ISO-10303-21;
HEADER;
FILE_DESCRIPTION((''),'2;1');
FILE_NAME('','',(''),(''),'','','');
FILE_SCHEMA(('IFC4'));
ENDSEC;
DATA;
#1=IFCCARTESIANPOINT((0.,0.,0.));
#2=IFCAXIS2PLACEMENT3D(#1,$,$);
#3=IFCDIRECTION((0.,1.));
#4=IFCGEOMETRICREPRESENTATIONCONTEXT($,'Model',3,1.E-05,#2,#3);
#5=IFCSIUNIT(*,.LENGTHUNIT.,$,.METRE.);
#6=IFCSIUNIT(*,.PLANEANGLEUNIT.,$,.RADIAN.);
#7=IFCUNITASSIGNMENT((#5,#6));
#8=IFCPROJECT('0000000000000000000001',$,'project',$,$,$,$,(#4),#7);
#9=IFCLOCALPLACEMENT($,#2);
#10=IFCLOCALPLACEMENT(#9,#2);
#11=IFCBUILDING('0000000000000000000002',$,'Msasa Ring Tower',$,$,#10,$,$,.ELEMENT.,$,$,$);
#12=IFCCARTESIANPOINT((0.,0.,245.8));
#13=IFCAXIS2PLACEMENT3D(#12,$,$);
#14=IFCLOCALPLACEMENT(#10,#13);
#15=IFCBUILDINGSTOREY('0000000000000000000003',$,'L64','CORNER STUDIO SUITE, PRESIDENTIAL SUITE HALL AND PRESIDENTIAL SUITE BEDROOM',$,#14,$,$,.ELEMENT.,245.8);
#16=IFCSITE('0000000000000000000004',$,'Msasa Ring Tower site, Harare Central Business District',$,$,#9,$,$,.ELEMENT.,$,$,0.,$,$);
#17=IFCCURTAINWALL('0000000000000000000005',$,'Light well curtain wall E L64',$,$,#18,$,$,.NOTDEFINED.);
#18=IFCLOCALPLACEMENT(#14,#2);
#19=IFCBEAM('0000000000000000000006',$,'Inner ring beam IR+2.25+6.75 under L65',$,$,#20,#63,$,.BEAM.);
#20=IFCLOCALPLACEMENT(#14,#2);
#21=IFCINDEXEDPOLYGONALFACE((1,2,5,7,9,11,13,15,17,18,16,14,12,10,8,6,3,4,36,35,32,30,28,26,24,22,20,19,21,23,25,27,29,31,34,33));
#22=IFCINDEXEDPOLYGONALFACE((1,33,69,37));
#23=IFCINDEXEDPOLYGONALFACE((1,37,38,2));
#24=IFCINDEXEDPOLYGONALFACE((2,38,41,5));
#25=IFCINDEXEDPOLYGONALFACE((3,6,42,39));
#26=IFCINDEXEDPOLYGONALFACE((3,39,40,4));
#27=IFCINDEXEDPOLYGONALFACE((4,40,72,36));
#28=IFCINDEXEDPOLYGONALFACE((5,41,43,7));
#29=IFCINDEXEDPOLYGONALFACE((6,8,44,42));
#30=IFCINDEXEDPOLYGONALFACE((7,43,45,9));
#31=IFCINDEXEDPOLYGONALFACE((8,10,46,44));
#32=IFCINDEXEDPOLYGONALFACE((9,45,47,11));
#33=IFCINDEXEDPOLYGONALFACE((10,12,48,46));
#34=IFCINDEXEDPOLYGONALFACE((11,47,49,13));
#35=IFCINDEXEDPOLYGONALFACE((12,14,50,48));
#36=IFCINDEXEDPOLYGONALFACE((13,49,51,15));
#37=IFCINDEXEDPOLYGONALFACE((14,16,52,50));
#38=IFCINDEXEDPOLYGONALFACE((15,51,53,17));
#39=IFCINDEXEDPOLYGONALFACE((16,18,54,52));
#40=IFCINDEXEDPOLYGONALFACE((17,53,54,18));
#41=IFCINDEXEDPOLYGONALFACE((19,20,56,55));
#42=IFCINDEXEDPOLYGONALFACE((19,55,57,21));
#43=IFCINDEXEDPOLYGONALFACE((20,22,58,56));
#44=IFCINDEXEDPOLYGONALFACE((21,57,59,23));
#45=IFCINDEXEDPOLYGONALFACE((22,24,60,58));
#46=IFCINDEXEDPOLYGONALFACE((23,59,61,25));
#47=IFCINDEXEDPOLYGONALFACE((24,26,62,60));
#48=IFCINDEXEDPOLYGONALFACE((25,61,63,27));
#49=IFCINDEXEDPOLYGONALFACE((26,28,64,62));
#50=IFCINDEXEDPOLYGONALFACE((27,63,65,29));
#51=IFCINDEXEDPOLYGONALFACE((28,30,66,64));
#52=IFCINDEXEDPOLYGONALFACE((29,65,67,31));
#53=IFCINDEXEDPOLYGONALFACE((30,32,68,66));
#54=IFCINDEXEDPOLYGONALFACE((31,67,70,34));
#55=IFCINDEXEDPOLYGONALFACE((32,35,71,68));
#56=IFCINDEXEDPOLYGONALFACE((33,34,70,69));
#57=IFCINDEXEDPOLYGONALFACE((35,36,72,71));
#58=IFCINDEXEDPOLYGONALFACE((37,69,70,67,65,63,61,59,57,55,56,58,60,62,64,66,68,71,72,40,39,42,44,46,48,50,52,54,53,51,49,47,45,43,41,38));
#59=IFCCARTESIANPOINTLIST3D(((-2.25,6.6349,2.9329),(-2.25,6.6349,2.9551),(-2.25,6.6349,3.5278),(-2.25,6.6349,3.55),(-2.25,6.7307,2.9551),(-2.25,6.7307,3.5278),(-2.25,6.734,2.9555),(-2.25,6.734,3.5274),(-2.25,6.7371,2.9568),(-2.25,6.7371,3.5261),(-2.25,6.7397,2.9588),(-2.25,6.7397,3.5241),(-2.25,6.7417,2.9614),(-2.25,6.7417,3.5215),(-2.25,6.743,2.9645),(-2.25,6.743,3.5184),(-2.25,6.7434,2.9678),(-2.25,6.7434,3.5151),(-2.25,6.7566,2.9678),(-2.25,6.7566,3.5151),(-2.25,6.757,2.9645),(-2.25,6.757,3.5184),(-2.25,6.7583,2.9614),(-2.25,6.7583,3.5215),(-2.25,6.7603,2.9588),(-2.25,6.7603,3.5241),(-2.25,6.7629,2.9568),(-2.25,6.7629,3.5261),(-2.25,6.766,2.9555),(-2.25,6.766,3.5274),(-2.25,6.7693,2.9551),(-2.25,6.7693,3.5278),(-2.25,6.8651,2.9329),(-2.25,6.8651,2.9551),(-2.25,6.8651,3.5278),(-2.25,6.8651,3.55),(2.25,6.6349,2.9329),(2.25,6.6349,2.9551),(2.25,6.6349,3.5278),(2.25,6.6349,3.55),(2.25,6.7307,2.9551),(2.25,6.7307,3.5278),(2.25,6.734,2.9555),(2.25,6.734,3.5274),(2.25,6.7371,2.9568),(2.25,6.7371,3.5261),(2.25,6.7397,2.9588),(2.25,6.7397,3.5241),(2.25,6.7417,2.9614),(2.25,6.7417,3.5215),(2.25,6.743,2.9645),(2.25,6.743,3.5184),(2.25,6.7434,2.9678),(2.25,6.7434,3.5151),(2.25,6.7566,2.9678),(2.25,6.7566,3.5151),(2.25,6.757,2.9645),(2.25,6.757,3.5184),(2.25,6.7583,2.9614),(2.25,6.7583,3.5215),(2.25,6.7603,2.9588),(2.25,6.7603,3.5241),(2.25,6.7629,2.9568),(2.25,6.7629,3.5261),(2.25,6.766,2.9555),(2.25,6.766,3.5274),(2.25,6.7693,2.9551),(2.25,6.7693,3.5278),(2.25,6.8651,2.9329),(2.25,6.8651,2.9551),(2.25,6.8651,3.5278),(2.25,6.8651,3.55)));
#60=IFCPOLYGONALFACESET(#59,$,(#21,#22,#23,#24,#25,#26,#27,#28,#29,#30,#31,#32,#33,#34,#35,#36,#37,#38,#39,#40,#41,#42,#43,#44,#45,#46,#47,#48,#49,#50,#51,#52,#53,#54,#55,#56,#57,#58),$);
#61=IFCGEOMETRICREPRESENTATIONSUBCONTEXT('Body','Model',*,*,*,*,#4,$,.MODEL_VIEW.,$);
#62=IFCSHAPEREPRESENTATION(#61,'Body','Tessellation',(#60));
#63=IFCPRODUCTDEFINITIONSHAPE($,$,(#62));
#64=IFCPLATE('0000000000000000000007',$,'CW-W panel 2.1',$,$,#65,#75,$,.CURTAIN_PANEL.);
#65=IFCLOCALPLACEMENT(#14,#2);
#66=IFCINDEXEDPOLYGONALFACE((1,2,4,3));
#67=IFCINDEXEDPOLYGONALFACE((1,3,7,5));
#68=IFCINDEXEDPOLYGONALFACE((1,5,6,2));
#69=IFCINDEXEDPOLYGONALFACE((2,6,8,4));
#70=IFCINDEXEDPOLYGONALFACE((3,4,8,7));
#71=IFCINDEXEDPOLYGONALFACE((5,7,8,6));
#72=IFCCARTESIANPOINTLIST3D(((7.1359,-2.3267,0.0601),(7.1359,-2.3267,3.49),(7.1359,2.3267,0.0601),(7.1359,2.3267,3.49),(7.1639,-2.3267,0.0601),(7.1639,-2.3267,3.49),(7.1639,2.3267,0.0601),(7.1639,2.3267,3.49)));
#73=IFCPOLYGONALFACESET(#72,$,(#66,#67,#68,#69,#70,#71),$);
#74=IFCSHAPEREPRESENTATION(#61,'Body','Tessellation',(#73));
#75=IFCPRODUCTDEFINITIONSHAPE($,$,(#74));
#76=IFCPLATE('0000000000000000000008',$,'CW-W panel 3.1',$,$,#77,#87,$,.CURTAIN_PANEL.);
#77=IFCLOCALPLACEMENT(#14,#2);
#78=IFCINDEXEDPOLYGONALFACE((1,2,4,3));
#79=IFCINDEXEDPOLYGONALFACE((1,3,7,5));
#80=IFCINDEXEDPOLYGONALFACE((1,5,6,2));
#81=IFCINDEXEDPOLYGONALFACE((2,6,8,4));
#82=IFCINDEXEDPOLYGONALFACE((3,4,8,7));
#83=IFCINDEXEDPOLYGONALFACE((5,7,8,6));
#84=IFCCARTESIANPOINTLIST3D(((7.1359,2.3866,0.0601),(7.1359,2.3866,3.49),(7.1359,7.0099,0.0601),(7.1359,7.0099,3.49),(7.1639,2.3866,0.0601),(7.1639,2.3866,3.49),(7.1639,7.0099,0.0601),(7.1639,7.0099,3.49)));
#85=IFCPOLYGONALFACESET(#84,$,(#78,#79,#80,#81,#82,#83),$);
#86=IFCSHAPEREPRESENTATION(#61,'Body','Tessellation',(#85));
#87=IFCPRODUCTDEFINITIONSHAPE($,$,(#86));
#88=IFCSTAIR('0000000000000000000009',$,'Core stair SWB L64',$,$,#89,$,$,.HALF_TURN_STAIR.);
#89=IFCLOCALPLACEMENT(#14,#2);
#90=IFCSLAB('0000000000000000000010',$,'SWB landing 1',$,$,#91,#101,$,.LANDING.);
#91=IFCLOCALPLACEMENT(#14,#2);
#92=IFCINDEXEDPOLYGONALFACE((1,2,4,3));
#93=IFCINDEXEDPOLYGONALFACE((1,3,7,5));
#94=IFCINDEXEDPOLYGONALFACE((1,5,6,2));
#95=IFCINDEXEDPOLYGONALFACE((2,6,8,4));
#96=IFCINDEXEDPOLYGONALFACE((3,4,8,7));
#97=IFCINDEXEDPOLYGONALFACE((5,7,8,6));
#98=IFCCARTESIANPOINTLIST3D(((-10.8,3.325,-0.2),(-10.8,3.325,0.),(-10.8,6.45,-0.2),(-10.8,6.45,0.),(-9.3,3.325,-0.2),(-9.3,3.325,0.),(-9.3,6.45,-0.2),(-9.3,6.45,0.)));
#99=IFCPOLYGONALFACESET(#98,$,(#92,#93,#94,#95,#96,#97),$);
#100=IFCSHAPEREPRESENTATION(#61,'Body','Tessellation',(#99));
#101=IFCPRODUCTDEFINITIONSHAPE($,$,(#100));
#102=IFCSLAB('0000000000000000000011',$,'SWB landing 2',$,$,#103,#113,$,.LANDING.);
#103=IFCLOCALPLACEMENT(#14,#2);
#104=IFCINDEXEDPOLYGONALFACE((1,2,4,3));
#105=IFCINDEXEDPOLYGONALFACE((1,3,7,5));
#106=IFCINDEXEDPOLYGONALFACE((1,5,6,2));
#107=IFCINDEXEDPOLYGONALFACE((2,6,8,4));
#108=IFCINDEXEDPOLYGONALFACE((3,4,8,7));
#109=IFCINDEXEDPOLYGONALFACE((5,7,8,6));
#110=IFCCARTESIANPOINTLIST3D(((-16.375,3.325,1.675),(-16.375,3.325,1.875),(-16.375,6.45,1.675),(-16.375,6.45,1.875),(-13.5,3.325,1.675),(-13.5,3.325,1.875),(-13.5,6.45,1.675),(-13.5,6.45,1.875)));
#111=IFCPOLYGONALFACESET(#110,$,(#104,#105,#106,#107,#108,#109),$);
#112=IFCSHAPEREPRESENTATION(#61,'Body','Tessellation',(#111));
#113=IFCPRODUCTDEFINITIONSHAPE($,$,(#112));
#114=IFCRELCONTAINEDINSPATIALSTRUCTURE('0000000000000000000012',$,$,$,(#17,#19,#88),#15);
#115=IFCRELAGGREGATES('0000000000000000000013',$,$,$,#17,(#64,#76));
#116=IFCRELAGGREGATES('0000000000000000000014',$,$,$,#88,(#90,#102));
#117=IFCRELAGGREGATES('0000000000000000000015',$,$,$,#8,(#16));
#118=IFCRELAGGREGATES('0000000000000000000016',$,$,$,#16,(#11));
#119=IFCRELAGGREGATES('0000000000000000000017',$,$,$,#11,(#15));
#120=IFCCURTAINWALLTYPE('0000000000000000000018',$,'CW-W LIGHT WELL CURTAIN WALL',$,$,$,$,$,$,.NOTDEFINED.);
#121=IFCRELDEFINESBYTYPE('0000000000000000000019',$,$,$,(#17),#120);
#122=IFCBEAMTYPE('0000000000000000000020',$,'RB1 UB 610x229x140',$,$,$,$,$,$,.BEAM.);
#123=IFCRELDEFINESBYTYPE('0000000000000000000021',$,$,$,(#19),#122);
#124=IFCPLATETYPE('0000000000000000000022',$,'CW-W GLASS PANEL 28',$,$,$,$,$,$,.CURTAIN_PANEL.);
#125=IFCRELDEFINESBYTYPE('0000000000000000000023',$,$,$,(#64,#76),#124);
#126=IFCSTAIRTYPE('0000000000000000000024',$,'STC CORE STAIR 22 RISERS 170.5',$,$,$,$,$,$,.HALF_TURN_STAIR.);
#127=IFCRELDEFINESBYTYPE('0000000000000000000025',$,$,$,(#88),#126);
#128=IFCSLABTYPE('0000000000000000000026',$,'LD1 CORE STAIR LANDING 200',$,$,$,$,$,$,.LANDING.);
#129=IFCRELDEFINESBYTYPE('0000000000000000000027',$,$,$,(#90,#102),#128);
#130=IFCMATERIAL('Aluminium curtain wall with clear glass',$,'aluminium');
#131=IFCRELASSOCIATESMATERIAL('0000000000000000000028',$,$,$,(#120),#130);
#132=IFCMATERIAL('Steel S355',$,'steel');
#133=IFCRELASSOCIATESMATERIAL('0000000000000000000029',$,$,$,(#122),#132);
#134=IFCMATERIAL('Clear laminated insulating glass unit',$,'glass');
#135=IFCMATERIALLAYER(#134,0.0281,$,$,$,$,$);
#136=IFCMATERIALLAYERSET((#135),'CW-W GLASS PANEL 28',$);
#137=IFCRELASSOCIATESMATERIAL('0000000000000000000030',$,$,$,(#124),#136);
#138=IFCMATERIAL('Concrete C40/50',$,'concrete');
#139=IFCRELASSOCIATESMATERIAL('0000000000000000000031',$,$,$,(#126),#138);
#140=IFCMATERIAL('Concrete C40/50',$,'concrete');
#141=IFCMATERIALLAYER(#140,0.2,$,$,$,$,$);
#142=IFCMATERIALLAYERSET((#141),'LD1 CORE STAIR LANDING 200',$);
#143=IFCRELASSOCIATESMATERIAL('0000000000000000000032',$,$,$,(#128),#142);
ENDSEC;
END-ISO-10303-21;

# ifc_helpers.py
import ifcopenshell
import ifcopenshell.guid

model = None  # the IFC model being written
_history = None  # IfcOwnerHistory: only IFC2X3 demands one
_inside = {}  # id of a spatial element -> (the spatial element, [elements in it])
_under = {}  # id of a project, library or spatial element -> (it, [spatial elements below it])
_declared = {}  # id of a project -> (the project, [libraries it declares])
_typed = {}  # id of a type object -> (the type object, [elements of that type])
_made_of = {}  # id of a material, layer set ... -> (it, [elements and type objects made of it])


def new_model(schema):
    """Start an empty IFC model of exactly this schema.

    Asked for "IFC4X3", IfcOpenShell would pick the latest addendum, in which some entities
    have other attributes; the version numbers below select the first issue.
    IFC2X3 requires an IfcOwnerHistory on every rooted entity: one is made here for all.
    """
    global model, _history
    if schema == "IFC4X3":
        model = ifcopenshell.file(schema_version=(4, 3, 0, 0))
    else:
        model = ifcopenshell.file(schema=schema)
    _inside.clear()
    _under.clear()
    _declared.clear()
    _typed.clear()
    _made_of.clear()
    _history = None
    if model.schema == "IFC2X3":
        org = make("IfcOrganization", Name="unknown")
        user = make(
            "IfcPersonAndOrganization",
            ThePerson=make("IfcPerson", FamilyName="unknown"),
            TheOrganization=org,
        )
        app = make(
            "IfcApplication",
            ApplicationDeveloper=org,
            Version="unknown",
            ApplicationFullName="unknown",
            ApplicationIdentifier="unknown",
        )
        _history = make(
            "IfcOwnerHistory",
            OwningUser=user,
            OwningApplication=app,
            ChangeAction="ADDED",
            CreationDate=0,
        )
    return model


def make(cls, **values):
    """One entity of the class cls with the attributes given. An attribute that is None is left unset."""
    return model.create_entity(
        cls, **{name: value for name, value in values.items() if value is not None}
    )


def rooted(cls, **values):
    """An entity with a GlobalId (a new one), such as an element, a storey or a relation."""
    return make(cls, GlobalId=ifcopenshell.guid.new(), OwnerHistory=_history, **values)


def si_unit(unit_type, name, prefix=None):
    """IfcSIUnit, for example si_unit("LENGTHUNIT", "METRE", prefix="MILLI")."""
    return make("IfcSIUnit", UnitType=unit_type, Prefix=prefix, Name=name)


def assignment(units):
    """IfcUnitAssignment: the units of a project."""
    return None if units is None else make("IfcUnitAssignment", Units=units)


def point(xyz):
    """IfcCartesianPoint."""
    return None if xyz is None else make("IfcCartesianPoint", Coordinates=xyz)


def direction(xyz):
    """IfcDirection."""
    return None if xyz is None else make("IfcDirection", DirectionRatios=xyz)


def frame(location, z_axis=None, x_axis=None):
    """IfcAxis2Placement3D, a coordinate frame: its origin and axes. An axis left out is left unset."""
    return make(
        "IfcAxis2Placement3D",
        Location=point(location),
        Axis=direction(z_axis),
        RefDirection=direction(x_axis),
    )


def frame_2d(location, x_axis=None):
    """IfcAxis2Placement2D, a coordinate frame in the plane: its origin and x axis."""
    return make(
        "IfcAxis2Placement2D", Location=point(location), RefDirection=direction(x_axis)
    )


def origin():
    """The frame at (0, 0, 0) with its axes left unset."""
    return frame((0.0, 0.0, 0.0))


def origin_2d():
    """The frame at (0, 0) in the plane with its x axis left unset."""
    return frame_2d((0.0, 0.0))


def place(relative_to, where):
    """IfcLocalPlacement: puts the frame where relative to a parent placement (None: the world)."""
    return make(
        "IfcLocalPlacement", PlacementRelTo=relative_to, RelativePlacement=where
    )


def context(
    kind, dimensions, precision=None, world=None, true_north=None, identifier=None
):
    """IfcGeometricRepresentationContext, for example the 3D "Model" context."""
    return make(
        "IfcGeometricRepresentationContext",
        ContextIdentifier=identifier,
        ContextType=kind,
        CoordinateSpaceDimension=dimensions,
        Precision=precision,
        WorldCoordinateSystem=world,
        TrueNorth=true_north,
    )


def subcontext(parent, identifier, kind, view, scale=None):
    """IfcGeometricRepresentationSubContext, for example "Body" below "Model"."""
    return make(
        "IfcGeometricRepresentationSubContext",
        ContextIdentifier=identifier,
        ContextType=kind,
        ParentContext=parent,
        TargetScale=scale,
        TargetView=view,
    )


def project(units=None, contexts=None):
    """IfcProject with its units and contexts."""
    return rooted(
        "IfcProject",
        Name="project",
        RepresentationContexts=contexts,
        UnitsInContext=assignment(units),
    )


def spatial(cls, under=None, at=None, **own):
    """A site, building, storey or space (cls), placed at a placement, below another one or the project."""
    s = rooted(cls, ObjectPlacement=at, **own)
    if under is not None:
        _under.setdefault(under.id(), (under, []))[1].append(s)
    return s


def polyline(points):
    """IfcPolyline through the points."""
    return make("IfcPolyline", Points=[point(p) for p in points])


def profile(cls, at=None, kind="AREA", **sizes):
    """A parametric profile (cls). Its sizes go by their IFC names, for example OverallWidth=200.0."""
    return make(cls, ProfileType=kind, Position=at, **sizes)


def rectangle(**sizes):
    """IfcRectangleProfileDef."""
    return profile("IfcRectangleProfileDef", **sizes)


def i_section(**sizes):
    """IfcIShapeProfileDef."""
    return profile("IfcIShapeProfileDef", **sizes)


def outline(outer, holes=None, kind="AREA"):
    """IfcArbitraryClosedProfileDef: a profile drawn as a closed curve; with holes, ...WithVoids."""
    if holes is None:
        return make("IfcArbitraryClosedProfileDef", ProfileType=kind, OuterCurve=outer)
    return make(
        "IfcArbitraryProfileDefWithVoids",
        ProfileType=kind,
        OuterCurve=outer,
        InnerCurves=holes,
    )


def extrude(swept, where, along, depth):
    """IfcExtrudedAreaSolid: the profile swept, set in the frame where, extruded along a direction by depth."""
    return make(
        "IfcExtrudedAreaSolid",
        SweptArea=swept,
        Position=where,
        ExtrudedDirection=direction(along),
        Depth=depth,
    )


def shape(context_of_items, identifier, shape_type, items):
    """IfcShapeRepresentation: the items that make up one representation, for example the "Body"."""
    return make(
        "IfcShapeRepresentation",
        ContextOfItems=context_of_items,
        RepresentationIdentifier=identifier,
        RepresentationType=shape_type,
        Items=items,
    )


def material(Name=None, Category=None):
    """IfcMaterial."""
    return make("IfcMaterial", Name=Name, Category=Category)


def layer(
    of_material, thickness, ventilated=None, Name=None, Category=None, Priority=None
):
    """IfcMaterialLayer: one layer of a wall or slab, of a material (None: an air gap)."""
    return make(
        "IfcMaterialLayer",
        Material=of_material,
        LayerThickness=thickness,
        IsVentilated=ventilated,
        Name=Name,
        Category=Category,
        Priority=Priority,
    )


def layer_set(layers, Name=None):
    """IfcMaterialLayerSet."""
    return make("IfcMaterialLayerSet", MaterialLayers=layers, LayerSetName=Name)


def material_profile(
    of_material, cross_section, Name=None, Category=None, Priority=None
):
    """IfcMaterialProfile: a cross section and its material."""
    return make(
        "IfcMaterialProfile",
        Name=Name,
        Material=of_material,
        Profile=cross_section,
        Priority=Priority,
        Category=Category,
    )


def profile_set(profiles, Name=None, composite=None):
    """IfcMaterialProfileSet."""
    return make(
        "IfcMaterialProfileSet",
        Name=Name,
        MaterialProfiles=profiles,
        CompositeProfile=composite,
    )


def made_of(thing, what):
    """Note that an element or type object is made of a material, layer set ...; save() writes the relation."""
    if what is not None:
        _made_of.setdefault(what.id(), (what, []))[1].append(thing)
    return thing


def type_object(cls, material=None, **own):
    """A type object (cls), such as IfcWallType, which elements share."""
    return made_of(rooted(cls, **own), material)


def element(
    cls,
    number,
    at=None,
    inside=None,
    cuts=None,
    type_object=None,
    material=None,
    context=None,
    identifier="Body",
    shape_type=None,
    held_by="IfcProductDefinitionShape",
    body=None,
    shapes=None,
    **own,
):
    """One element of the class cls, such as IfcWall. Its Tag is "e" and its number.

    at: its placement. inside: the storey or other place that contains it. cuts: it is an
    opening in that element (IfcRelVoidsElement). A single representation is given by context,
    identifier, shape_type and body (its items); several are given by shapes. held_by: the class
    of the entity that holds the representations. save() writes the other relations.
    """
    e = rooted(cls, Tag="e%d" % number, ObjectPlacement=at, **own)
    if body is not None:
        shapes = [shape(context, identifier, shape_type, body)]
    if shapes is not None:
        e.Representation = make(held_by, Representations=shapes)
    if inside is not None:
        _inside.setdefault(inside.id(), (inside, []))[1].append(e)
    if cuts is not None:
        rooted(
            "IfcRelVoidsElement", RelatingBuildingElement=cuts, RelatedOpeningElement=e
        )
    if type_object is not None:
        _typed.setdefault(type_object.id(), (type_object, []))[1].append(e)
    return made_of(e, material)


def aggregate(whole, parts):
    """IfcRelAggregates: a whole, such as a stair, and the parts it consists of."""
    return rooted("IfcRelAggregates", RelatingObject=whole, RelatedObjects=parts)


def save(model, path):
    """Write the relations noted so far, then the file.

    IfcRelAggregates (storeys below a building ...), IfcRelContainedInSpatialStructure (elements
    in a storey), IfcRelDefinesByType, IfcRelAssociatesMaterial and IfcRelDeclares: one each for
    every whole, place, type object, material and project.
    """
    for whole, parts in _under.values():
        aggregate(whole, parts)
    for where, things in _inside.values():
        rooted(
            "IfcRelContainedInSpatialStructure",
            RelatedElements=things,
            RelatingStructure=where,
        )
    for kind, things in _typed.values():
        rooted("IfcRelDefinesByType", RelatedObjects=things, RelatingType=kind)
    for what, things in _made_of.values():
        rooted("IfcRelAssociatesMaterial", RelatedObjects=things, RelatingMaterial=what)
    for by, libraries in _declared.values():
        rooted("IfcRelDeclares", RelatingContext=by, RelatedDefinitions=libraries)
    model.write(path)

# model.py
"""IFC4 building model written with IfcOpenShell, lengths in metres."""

from ifc_helpers import new_model, si_unit, direction, frame, origin, origin_2d, place, context, subcontext, project, spatial, polyline, rectangle, i_section, outline, extrude, material, layer, layer_set, material_profile, profile_set, type_object, element, aggregate, save


model = new_model("IFC4")

# Units and contexts
model_context = context("Model", 3, precision=1e-05, world=origin(), true_north=direction((0.0, 1.0)))
body_context = subcontext(model_context, "Body", "Model", "MODEL_VIEW")
ifc_project = project(units=[si_unit("LENGTHUNIT", "METRE"), si_unit("PLANEANGLEUNIT", "RADIAN")], contexts=[model_context])

# Site, building, storey
site_placement = place(None, origin())
site = spatial("IfcSite", under=ifc_project, at=site_placement, Name="Msasa Ring Tower site, Harare Central Business District", CompositionType="ELEMENT", RefElevation=0.0)
building_placement = place(site_placement, origin())
building = spatial("IfcBuilding", under=site, at=building_placement, Name="Msasa Ring Tower", CompositionType="ELEMENT")
storey_placement = place(building_placement, frame((0.0, 0.0, 245.8)))
storey = spatial("IfcBuildingStorey", under=building, at=storey_placement, Name="L64", Description="CORNER STUDIO SUITE, PRESIDENTIAL SUITE HALL AND PRESIDENTIAL SUITE BEDROOM", CompositionType="ELEMENT", Elevation=245.8)

# Curtain wall
ifc_material_1 = material(Name="Aluminium curtain wall with clear glass", Category="aluminium")
curtain_wall_type = type_object("IfcCurtainWallType", Name="CW-W LIGHT WELL CURTAIN WALL", PredefinedType="NOTDEFINED", material=ifc_material_1)
curtain_wall_placement = place(storey_placement, origin())
curtain_wall = element("IfcCurtainWall", 1, at=curtain_wall_placement, inside=storey, type_object=curtain_wall_type, Name="Light well curtain wall E L64", PredefinedType="NOTDEFINED")

# Beam
ifc_material_2 = material(Name="Steel S355", Category="steel")
ifc_material_profile_1 = material_profile(ifc_material_2, i_section(OverallWidth=0.2302, OverallDepth=0.6172, WebThickness=0.0132, FlangeThickness=0.0222, FilletRadius=0.0127, at=origin_2d()), Name="UB 610x229x140")
ifc_profile_set_1 = profile_set([ifc_material_profile_1], Name="Steel S355")
beam_type = type_object("IfcBeamType", Name="RB1 UB 610x229x140", PredefinedType="BEAM", material=ifc_profile_set_1)
for number, where, z_axis, x_axis, name in (
    (2, (2.25, 6.75, 3.2415), (-1.0, 0.0, 0.0), (0.0, -1.0, 0.0), "Inner ring beam IR+2.25+6.75 under L65"),
):
    element("IfcBeam", number, at=place(storey_placement, frame(where, z_axis=z_axis, x_axis=x_axis)), inside=storey, type_object=beam_type, Name=name, PredefinedType="BEAM", context=body_context, shape_type="SweptSolid", body=[
        extrude(i_section(OverallWidth=0.2302, OverallDepth=0.6172, WebThickness=0.0132, FlangeThickness=0.0222, FilletRadius=0.0127, at=origin_2d()), origin(), (0.0, 0.0, 1.0), 4.5),
    ])

# Plates
ifc_material_3 = material(Name="Clear laminated insulating glass unit", Category="glass")
ifc_layer_1 = layer(ifc_material_3, 0.0281)
ifc_layer_set_1 = layer_set([ifc_layer_1], Name="CW-W GLASS PANEL 28")
plate_type = type_object("IfcPlateType", Name="CW-W GLASS PANEL 28", PredefinedType="CURTAIN_PANEL", material=ifc_layer_set_1)
plate_1_placement = place(storey_placement, frame((7.1499, 0.0, 0.0601), z_axis=(0.0, 0.0, 1.0), x_axis=(0.0, 1.0, 0.0)))
plate_1 = element("IfcPlate", 3, at=plate_1_placement, type_object=plate_type, Name="CW-W panel 2.1", PredefinedType="CURTAIN_PANEL", context=body_context, shape_type="SweptSolid", body=[
    extrude(rectangle(XDim=4.6533, YDim=0.0281, at=origin_2d()), origin(), (0.0, 0.0, 1.0), 3.4299),
])
plate_2_placement = place(storey_placement, frame((7.1499, 4.6982, 0.0601), z_axis=(0.0, 0.0, 1.0), x_axis=(0.0, 1.0, 0.0)))
plate_2 = element("IfcPlate", 4, at=plate_2_placement, type_object=plate_type, Name="CW-W panel 3.1", PredefinedType="CURTAIN_PANEL", context=body_context, shape_type="SweptSolid", body=[
    extrude(rectangle(XDim=4.6233, YDim=0.0281, at=origin_2d()), origin(), (0.0, 0.0, 1.0), 3.4299),
])
aggregate(curtain_wall, [plate_1, plate_2])

# Stair, slabs
ifc_material_4 = material(Name="Concrete C40/50", Category="concrete")
stair_type = type_object("IfcStairType", Name="STC CORE STAIR 22 RISERS 170.5", PredefinedType="HALF_TURN_STAIR", material=ifc_material_4)
stair_placement = place(storey_placement, origin())
stair = element("IfcStair", 5, at=stair_placement, inside=storey, type_object=stair_type, Name="Core stair SWB L64", PredefinedType="HALF_TURN_STAIR")
ifc_material_5 = material(Name="Concrete C40/50", Category="concrete")
ifc_layer_2 = layer(ifc_material_5, 0.2)
ifc_layer_set_2 = layer_set([ifc_layer_2], Name="LD1 CORE STAIR LANDING 200")
slab_type = type_object("IfcSlabType", Name="LD1 CORE STAIR LANDING 200", PredefinedType="LANDING", material=ifc_layer_set_2)
slab_1_placement = place(storey_placement, frame((0.0, 0.0, -0.2)))
slab_1 = element("IfcSlab", 6, at=slab_1_placement, type_object=slab_type, Name="SWB landing 1", PredefinedType="LANDING", context=body_context, shape_type="SweptSolid", body=[
    extrude(outline(polyline([(-10.8, 3.325), (-9.3, 3.325), (-9.3, 6.45), (-10.8, 6.45), (-10.8, 3.325)])), origin(), (0.0, 0.0, 1.0), 0.2),
])
slab_2_placement = place(storey_placement, frame((0.0, 0.0, 1.675)))
slab_2 = element("IfcSlab", 7, at=slab_2_placement, type_object=slab_type, Name="SWB landing 2", PredefinedType="LANDING", context=body_context, shape_type="SweptSolid", body=[
    extrude(outline(polyline([(-16.375, 3.325), (-13.5, 3.325), (-13.5, 6.45), (-16.375, 6.45), (-16.375, 3.325)])), origin(), (0.0, 0.0, 1.0), 0.2),
])
aggregate(stair, [slab_1, slab_2])

save(model, "model.ifc")
